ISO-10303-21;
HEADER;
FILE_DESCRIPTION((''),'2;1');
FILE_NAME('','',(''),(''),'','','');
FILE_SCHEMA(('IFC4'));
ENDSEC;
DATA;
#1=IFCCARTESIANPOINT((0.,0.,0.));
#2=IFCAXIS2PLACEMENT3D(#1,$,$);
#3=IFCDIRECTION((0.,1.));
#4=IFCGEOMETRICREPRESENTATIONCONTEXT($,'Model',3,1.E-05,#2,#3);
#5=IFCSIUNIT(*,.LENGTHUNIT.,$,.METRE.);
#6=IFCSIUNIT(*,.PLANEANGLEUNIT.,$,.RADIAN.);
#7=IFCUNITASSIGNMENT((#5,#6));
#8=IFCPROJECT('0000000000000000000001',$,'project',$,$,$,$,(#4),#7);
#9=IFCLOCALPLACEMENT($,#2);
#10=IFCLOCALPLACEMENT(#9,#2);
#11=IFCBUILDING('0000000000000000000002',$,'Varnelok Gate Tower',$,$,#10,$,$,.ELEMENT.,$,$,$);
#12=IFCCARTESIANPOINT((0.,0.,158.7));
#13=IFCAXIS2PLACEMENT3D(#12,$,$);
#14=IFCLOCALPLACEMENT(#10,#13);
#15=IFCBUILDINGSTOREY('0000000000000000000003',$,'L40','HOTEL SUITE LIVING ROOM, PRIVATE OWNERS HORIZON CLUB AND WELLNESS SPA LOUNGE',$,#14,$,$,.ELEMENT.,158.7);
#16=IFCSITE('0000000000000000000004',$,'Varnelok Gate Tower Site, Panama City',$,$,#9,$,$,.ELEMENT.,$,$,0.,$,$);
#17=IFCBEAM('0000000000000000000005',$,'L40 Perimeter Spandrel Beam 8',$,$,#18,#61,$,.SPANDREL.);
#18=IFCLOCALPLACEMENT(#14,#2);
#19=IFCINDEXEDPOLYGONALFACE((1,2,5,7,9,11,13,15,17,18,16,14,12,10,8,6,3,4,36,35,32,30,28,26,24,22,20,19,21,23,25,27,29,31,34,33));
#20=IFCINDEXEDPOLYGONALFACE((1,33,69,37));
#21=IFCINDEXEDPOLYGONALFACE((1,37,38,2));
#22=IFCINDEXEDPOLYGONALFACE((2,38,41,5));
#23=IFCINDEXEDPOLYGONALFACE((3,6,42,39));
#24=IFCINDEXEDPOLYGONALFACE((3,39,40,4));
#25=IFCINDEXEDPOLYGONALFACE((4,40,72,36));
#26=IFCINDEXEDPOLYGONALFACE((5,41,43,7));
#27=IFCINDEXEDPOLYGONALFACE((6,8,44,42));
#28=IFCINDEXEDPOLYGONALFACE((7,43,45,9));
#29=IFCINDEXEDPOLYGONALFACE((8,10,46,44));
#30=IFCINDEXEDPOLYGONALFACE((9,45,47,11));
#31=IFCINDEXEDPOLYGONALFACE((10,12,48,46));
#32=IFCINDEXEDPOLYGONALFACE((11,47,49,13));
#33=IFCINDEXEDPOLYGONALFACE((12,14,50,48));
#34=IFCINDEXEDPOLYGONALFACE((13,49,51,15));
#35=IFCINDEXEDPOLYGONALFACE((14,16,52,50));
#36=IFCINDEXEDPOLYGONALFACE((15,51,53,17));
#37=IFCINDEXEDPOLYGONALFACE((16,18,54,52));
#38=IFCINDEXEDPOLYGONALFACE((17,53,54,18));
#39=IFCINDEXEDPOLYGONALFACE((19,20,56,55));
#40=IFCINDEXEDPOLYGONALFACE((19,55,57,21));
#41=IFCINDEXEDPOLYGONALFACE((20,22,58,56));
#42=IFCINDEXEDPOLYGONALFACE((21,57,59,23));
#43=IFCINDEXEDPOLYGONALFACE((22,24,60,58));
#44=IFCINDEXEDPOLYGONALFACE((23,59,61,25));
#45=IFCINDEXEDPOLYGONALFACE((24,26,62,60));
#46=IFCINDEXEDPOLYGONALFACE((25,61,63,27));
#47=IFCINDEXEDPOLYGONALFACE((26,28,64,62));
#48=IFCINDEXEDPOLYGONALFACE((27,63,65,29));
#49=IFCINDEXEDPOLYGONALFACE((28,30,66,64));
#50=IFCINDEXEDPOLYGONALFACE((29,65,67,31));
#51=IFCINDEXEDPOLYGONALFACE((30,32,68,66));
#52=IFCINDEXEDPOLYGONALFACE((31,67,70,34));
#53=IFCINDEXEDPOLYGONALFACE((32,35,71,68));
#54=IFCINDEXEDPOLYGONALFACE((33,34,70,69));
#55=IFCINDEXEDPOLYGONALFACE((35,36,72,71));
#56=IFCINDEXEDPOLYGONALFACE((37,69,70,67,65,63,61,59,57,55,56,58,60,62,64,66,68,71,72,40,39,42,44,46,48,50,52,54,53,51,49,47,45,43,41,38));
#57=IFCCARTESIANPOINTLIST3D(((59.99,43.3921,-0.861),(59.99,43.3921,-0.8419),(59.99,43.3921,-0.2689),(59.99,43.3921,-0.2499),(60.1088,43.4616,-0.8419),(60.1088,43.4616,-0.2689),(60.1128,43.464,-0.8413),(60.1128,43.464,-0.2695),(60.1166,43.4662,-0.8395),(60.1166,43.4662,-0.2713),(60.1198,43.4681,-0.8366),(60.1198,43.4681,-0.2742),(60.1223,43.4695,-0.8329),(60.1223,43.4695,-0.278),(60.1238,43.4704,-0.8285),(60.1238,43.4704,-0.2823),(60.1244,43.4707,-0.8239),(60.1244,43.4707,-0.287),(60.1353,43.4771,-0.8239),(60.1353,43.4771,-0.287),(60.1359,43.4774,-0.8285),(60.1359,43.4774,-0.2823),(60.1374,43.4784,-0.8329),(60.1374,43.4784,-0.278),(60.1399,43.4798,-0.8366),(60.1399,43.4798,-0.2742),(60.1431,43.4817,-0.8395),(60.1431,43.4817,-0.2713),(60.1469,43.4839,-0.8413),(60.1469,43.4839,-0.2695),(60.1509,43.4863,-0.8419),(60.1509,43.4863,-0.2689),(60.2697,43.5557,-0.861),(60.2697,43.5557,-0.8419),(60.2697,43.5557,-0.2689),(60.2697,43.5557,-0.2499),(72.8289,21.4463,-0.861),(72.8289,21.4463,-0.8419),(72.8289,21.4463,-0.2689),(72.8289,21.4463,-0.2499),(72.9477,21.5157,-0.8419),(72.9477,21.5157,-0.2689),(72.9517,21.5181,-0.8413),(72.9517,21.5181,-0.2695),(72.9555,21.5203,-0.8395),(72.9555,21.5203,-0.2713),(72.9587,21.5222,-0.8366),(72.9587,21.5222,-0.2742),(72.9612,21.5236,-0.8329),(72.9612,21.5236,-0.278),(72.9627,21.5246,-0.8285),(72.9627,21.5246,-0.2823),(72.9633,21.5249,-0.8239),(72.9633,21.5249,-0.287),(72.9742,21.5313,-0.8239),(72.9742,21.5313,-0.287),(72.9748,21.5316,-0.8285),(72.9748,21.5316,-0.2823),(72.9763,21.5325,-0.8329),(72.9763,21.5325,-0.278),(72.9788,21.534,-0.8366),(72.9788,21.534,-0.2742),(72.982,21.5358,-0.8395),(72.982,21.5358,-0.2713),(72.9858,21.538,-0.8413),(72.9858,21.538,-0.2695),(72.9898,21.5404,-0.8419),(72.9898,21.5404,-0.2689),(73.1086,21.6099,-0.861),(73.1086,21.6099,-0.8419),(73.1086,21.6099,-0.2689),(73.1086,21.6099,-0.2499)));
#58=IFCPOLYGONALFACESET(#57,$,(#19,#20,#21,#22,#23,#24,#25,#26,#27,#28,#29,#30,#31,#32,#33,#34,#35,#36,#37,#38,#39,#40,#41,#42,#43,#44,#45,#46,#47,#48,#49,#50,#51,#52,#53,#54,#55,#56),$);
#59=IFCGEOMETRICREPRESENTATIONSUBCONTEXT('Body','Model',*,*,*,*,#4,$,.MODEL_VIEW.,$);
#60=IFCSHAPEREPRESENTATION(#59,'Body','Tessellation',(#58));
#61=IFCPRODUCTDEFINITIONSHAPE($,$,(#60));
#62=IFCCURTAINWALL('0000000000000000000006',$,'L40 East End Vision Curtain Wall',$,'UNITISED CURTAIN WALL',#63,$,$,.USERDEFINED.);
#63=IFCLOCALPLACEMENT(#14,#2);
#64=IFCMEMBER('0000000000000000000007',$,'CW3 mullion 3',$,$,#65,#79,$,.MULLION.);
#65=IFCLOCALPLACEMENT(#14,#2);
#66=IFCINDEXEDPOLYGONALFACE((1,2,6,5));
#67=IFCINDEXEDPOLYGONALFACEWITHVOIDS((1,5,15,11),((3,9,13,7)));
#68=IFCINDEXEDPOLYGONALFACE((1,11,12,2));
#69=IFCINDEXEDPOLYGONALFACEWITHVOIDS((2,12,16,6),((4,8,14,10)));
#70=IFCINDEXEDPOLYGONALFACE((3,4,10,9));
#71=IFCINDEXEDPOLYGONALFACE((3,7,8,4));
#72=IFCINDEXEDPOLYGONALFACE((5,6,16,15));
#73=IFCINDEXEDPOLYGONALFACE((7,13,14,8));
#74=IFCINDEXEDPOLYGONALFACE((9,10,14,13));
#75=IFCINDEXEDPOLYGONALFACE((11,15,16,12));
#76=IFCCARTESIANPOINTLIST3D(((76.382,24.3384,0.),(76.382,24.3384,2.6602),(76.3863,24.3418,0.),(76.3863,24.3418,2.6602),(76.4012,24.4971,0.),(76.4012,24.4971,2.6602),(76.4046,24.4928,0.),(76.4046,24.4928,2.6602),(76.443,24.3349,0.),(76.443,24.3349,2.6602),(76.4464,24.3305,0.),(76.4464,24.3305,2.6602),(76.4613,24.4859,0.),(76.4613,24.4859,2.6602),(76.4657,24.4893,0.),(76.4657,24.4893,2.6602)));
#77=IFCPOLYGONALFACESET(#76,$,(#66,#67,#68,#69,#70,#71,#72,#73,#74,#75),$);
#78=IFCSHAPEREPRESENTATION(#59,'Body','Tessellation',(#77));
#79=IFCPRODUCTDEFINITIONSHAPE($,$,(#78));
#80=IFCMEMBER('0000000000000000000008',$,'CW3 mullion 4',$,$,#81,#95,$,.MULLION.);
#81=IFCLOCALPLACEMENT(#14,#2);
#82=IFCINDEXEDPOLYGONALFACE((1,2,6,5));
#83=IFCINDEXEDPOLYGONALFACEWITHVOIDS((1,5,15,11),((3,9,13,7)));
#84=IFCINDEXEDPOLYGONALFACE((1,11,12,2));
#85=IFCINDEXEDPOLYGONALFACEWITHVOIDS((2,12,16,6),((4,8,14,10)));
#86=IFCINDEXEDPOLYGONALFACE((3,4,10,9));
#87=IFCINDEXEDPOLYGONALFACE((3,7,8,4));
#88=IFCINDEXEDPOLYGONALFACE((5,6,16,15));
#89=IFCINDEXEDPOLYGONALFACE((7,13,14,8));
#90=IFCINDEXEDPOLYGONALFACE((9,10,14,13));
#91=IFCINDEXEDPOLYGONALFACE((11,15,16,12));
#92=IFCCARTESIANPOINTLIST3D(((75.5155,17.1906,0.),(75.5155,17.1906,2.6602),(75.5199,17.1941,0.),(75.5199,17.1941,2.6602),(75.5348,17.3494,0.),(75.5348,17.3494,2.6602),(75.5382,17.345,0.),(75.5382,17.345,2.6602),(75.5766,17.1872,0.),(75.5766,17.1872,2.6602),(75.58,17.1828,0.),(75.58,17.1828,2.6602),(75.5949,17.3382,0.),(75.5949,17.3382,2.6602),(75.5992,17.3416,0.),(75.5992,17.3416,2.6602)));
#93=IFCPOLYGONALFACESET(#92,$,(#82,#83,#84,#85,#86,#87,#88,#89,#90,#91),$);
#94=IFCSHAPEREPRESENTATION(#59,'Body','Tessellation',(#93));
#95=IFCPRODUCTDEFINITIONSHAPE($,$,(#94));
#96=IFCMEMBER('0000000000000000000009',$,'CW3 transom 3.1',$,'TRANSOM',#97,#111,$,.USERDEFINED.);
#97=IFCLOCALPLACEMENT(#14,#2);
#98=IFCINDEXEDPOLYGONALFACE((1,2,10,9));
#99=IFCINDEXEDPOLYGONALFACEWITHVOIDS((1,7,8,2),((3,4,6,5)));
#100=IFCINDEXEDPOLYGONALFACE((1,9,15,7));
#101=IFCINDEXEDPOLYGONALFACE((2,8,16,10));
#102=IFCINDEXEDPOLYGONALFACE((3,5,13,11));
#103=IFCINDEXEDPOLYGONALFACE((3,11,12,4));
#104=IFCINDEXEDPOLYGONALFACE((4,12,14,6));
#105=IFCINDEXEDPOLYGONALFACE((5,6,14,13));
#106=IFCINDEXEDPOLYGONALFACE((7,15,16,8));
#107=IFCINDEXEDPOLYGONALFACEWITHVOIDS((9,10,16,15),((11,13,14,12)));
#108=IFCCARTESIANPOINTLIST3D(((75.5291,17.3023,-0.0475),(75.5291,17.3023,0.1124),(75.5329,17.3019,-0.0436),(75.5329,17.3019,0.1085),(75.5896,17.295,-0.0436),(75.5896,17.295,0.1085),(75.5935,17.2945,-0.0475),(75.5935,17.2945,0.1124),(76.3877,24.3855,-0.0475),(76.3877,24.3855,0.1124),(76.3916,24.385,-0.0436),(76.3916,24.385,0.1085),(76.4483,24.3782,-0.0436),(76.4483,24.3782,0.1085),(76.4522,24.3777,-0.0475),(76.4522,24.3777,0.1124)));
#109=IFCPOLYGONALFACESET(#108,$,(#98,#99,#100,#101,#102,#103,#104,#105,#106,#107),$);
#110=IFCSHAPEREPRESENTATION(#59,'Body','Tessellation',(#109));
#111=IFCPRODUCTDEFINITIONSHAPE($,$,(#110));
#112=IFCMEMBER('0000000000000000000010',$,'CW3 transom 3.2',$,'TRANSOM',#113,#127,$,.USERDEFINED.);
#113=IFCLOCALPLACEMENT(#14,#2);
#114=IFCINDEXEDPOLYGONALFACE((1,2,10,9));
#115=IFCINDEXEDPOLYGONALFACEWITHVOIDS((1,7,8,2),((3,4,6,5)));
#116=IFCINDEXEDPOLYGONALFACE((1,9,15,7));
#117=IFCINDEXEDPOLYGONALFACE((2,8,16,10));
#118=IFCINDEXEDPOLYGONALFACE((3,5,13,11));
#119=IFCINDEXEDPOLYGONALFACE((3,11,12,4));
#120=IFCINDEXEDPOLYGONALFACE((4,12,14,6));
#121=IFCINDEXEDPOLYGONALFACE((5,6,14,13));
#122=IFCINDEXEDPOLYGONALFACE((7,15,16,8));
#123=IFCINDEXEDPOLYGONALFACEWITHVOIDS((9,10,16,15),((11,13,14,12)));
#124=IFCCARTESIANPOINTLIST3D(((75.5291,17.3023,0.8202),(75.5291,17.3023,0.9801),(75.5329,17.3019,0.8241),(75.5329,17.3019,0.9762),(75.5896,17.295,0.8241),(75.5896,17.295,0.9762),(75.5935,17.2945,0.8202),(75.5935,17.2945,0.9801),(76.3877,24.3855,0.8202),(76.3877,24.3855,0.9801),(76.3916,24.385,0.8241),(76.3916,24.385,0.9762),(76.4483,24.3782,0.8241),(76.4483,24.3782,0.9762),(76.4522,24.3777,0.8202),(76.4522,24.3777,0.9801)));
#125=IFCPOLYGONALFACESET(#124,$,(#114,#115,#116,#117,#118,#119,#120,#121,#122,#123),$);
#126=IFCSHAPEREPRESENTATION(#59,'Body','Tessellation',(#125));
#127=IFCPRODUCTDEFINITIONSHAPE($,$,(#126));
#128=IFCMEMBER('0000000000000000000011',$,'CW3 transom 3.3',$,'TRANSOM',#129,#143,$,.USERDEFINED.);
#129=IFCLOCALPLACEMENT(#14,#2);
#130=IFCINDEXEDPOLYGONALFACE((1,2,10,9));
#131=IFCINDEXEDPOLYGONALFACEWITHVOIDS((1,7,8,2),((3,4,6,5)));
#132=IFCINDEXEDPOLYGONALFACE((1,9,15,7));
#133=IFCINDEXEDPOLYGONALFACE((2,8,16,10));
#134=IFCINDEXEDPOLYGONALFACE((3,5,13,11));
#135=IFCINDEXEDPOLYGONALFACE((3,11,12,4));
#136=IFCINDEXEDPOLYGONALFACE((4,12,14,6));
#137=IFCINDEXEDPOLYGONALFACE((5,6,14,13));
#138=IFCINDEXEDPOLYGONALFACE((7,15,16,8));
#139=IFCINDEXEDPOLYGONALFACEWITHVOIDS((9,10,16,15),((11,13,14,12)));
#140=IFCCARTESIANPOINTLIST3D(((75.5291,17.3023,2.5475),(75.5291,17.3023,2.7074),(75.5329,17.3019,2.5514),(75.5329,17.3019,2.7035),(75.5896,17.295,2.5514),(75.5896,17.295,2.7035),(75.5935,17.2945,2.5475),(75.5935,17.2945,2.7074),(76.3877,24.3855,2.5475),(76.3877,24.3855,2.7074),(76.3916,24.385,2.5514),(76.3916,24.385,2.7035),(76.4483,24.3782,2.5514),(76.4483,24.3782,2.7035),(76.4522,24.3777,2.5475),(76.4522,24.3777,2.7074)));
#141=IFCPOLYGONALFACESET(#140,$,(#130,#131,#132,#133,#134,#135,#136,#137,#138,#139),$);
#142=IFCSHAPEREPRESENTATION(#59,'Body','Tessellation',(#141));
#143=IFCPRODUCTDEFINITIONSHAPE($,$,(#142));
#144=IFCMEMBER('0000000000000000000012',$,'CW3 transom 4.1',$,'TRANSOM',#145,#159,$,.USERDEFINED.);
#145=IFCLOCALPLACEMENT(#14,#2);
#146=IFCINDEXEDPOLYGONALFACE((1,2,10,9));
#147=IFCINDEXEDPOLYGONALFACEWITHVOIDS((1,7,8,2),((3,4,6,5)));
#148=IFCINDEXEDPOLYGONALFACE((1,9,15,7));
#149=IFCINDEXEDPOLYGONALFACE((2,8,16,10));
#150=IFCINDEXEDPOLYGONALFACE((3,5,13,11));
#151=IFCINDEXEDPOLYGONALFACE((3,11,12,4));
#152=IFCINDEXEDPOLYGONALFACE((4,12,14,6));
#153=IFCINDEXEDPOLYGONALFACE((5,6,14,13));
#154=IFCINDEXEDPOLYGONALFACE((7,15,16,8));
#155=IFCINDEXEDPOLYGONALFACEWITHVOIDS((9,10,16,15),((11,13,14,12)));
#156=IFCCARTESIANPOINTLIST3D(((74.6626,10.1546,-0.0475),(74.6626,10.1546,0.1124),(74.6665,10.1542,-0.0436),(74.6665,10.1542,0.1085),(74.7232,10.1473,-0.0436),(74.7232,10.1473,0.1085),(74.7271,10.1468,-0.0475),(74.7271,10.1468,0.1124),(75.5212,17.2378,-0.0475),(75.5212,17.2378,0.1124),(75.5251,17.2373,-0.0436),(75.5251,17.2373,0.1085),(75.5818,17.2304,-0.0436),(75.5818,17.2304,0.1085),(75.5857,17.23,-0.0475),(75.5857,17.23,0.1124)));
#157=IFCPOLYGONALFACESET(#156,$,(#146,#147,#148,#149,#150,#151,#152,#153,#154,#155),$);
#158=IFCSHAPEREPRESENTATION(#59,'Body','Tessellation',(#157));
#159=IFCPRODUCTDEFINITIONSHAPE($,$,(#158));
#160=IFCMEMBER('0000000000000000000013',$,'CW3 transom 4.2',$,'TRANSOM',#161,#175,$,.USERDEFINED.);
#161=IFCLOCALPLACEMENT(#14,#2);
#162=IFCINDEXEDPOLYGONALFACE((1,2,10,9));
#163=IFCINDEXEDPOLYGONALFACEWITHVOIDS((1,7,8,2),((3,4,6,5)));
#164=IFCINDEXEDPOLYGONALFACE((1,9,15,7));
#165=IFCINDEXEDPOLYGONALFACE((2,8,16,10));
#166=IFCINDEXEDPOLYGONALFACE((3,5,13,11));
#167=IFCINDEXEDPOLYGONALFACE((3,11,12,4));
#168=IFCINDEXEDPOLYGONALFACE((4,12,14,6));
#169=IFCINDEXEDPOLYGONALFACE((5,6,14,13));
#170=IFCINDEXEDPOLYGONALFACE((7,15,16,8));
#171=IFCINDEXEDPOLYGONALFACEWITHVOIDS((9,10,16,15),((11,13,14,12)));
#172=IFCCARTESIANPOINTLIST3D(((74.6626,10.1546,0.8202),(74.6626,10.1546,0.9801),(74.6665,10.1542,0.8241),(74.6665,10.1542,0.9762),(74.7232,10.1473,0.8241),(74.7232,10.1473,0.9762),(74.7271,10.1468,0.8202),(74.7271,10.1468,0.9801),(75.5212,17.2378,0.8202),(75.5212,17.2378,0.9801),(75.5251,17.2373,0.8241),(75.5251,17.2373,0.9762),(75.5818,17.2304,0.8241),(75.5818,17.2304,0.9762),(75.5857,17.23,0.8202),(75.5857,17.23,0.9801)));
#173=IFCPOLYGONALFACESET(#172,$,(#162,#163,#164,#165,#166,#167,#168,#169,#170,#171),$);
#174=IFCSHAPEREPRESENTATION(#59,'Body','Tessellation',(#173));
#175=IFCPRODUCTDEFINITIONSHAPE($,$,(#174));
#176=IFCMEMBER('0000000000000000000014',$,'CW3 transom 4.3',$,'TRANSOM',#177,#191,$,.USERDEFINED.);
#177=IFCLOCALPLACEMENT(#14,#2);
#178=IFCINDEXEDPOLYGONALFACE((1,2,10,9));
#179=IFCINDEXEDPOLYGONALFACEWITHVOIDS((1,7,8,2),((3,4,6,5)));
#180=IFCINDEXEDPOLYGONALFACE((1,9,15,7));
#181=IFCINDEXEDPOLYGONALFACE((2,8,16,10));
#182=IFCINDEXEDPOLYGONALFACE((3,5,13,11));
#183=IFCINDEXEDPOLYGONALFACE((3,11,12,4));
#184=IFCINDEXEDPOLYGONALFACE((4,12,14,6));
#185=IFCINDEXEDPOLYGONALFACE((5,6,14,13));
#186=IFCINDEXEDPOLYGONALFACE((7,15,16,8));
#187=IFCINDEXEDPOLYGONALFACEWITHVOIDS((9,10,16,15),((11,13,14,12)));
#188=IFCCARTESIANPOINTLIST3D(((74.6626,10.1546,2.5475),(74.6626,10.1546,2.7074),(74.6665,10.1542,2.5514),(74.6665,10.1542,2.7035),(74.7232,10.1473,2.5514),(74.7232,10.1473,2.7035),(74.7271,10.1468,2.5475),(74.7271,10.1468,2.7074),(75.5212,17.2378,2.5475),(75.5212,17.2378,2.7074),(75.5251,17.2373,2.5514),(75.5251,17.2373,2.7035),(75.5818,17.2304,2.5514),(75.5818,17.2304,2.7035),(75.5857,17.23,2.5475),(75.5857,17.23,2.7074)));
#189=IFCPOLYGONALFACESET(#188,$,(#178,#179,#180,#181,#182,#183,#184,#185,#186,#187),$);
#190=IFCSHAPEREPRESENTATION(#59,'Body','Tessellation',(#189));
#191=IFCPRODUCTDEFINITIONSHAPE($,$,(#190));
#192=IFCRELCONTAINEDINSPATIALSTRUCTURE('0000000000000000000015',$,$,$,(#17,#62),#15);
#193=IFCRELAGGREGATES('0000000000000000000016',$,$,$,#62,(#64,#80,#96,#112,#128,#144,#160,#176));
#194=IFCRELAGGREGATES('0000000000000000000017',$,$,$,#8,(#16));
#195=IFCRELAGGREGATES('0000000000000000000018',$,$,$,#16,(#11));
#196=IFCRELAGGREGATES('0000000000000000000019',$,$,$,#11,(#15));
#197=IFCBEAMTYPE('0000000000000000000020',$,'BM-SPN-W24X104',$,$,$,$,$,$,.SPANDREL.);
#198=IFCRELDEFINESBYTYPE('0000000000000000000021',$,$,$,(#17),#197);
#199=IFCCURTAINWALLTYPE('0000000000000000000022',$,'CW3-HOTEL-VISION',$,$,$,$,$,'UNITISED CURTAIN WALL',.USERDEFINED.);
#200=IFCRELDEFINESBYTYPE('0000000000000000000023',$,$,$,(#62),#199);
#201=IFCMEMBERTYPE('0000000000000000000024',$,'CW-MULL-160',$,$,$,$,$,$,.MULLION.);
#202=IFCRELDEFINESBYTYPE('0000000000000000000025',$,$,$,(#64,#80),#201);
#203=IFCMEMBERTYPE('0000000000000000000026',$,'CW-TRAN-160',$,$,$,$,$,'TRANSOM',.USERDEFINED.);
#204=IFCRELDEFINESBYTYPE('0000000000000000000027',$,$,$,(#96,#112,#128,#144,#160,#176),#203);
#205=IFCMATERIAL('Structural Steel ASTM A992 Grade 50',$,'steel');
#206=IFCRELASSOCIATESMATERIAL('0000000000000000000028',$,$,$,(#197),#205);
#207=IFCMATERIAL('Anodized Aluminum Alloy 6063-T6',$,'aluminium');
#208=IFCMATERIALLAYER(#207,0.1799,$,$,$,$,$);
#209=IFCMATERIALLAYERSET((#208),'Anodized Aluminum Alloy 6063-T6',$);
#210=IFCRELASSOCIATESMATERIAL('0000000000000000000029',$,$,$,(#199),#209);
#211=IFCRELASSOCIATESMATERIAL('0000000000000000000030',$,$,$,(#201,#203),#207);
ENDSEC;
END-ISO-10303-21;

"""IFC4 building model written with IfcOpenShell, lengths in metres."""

from ifc_helpers import new_model, si_unit, direction, frame, origin, origin_2d, place, context, subcontext, project, spatial, hollow_rectangle, i_section, extrude, material, layer, layer_set, material_profile, profile_set, type_object, element, aggregate, save


model = new_model("IFC4")

# Units and contexts
model_context = context("Model", 3, precision=1e-05, world=origin(), true_north=direction((0.0, 1.0)))
body_context = subcontext(model_context, "Body", "Model", "MODEL_VIEW")
ifc_project = project(units=[si_unit("LENGTHUNIT", "METRE"), si_unit("PLANEANGLEUNIT", "RADIAN")], contexts=[model_context])

# Site, building, storey
site_placement = place(None, origin())
site = spatial("IfcSite", under=ifc_project, at=site_placement, Name="Varnelok Gate Tower Site, Panama City", CompositionType="ELEMENT", RefElevation=0.0)
building_placement = place(site_placement, origin())
building = spatial("IfcBuilding", under=site, at=building_placement, Name="Varnelok Gate Tower", CompositionType="ELEMENT")
storey_placement = place(building_placement, frame((0.0, 0.0, 158.7)))
storey = spatial("IfcBuildingStorey", under=building, at=storey_placement, Name="L40", Description="HOTEL SUITE LIVING ROOM, PRIVATE OWNERS HORIZON CLUB AND WELLNESS SPA LOUNGE", CompositionType="ELEMENT", Elevation=158.7)

# Shared definitions
ifc_material_1 = material(Name="Structural Steel ASTM A992 Grade 50", Category="steel")

# Beam
ifc_material_profile_1 = material_profile(ifc_material_1, i_section(OverallWidth=0.324, OverallDepth=0.6111, WebThickness=0.0127, FlangeThickness=0.019, FilletRadius=0.0181, at=origin_2d()), Name="W24X104")
ifc_profile_set_1 = profile_set([ifc_material_profile_1], Name="Structural Steel ASTM A992 Grade 50")
beam_type_1 = type_object("IfcBeamType", Name="BM-SPN-W24X104", PredefinedType="SPANDREL", material=ifc_profile_set_1)
beam_1_placement = place(storey_placement, frame((72.9688, 21.5281, -0.5554), z_axis=(-0.504961, 0.863142, 0.0), x_axis=(-0.863142, -0.504961, 0.0)))
element("IfcBeam", 1, at=beam_1_placement, inside=storey, type_object=beam_type_1, Name="L40 Perimeter Spandrel Beam 8", PredefinedType="SPANDREL", context=body_context, shape_type="SweptSolid", body=[
    extrude(i_section(OverallWidth=0.324, OverallDepth=0.6111, WebThickness=0.0127, FlangeThickness=0.019, FilletRadius=0.0181, at=origin_2d()), origin(), (0.0, 0.0, 1.0), 25.4255),
])

# Curtain wall, members
ifc_material_2 = material(Name="Anodized Aluminum Alloy 6063-T6", Category="aluminium")
ifc_layer_1 = layer(ifc_material_2, 0.1799)
ifc_layer_set_1 = layer_set([ifc_layer_1], Name="Anodized Aluminum Alloy 6063-T6")
curtain_wall_type = type_object("IfcCurtainWallType", Name="CW3-HOTEL-VISION", ElementType="UNITISED CURTAIN WALL", PredefinedType="USERDEFINED", material=ifc_layer_set_1)
curtain_wall_placement = place(storey_placement, origin())
curtain_wall = element("IfcCurtainWall", 2, at=curtain_wall_placement, inside=storey, type_object=curtain_wall_type, Name="L40 East End Vision Curtain Wall", ObjectType="UNITISED CURTAIN WALL", PredefinedType="USERDEFINED")
ifc_material_profile_2 = material_profile(ifc_material_2, hollow_rectangle(XDim=0.0649, YDim=0.1599, WallThickness=0.0039, at=origin_2d()), Name="ALU160X65X4")
ifc_profile_set_2 = profile_set([ifc_material_profile_2], Name="Anodized Aluminum Alloy 6063-T6")
member_type_1 = type_object("IfcMemberType", Name="CW-MULL-160", PredefinedType="MULLION", material=ifc_profile_set_2)
member_1_placement = place(storey_placement, frame((76.4238, 24.4138, 0.0), z_axis=(0.0, 0.0, 1.0), x_axis=(0.992732, -0.120347, 0.0)))
member_1 = element("IfcMember", 3, at=member_1_placement, type_object=member_type_1, Name="CW3 mullion 3", PredefinedType="MULLION", context=body_context, shape_type="SweptSolid", body=[
    extrude(hollow_rectangle(XDim=0.0649, YDim=0.1599, WallThickness=0.0039, at=origin_2d()), origin(), (0.0, 0.0, 1.0), 2.6602),
])
member_2_placement = place(storey_placement, frame((75.5574, 17.2661, 0.0), z_axis=(0.0, 0.0, 1.0), x_axis=(0.992732, -0.120347, 0.0)))
member_2 = element("IfcMember", 4, at=member_2_placement, type_object=member_type_1, Name="CW3 mullion 4", PredefinedType="MULLION", context=body_context, shape_type="SweptSolid", body=[
    extrude(hollow_rectangle(XDim=0.0649, YDim=0.1599, WallThickness=0.0039, at=origin_2d()), origin(), (0.0, 0.0, 1.0), 2.6602),
])
ifc_material_profile_3 = material_profile(ifc_material_2, hollow_rectangle(XDim=0.0649, YDim=0.1599, WallThickness=0.0039, at=origin_2d()), Name="ALU160X65X4")
ifc_profile_set_3 = profile_set([ifc_material_profile_3], Name="Anodized Aluminum Alloy 6063-T6")
member_type_2 = type_object("IfcMemberType", Name="CW-TRAN-160", ElementType="TRANSOM", PredefinedType="USERDEFINED", material=ifc_profile_set_3)
member_3_placement = place(storey_placement, frame((76.4199, 24.3816, 0.0325), z_axis=(-0.120341, -0.992733, 0.0), x_axis=(0.992733, -0.120341, 0.0)))
member_3 = element("IfcMember", 5, at=member_3_placement, type_object=member_type_2, Name="CW3 transom 3.1", ObjectType="TRANSOM", PredefinedType="USERDEFINED", context=body_context, shape_type="SweptSolid", body=[
    extrude(hollow_rectangle(XDim=0.0649, YDim=0.1599, WallThickness=0.0039, at=origin_2d()), origin(), (0.0, 0.0, 1.0), 7.135),
])
member_4_placement = place(storey_placement, frame((76.4199, 24.3816, 0.9001), z_axis=(-0.120341, -0.992733, 0.0), x_axis=(0.992733, -0.120341, 0.0)))
member_4 = element("IfcMember", 6, at=member_4_placement, type_object=member_type_2, Name="CW3 transom 3.2", ObjectType="TRANSOM", PredefinedType="USERDEFINED", context=body_context, shape_type="SweptSolid", body=[
    extrude(hollow_rectangle(XDim=0.0649, YDim=0.1599, WallThickness=0.0039, at=origin_2d()), origin(), (0.0, 0.0, 1.0), 7.135),
])
member_5_placement = place(storey_placement, frame((76.4199, 24.3816, 2.6274), z_axis=(-0.120341, -0.992733, 0.0), x_axis=(0.992733, -0.120341, 0.0)))
member_5 = element("IfcMember", 7, at=member_5_placement, type_object=member_type_2, Name="CW3 transom 3.3", ObjectType="TRANSOM", PredefinedType="USERDEFINED", context=body_context, shape_type="SweptSolid", body=[
    extrude(hollow_rectangle(XDim=0.0649, YDim=0.1599, WallThickness=0.0039, at=origin_2d()), origin(), (0.0, 0.0, 1.0), 7.135),
])
member_6_placement = place(storey_placement, frame((75.5535, 17.2339, 0.0325), z_axis=(-0.120341, -0.992733, 0.0), x_axis=(0.992733, -0.120341, 0.0)))
member_6 = element("IfcMember", 8, at=member_6_placement, type_object=member_type_2, Name="CW3 transom 4.1", ObjectType="TRANSOM", PredefinedType="USERDEFINED", context=body_context, shape_type="SweptSolid", body=[
    extrude(hollow_rectangle(XDim=0.0649, YDim=0.1599, WallThickness=0.0039, at=origin_2d()), origin(), (0.0, 0.0, 1.0), 7.135),
])
member_7_placement = place(storey_placement, frame((75.5535, 17.2339, 0.9001), z_axis=(-0.120341, -0.992733, 0.0), x_axis=(0.992733, -0.120341, 0.0)))
member_7 = element("IfcMember", 9, at=member_7_placement, type_object=member_type_2, Name="CW3 transom 4.2", ObjectType="TRANSOM", PredefinedType="USERDEFINED", context=body_context, shape_type="SweptSolid", body=[
    extrude(hollow_rectangle(XDim=0.0649, YDim=0.1599, WallThickness=0.0039, at=origin_2d()), origin(), (0.0, 0.0, 1.0), 7.135),
])
member_8_placement = place(storey_placement, frame((75.5535, 17.2339, 2.6274), z_axis=(-0.120341, -0.992733, 0.0), x_axis=(0.992733, -0.120341, 0.0)))
member_8 = element("IfcMember", 10, at=member_8_placement, type_object=member_type_2, Name="CW3 transom 4.3", ObjectType="TRANSOM", PredefinedType="USERDEFINED", context=body_context, shape_type="SweptSolid", body=[
    extrude(hollow_rectangle(XDim=0.0649, YDim=0.1599, WallThickness=0.0039, at=origin_2d()), origin(), (0.0, 0.0, 1.0), 7.135),
])
aggregate(curtain_wall, [member_1, member_2, member_3, member_4, member_5, member_6, member_7, member_8])

save(model, "model.ifc")
